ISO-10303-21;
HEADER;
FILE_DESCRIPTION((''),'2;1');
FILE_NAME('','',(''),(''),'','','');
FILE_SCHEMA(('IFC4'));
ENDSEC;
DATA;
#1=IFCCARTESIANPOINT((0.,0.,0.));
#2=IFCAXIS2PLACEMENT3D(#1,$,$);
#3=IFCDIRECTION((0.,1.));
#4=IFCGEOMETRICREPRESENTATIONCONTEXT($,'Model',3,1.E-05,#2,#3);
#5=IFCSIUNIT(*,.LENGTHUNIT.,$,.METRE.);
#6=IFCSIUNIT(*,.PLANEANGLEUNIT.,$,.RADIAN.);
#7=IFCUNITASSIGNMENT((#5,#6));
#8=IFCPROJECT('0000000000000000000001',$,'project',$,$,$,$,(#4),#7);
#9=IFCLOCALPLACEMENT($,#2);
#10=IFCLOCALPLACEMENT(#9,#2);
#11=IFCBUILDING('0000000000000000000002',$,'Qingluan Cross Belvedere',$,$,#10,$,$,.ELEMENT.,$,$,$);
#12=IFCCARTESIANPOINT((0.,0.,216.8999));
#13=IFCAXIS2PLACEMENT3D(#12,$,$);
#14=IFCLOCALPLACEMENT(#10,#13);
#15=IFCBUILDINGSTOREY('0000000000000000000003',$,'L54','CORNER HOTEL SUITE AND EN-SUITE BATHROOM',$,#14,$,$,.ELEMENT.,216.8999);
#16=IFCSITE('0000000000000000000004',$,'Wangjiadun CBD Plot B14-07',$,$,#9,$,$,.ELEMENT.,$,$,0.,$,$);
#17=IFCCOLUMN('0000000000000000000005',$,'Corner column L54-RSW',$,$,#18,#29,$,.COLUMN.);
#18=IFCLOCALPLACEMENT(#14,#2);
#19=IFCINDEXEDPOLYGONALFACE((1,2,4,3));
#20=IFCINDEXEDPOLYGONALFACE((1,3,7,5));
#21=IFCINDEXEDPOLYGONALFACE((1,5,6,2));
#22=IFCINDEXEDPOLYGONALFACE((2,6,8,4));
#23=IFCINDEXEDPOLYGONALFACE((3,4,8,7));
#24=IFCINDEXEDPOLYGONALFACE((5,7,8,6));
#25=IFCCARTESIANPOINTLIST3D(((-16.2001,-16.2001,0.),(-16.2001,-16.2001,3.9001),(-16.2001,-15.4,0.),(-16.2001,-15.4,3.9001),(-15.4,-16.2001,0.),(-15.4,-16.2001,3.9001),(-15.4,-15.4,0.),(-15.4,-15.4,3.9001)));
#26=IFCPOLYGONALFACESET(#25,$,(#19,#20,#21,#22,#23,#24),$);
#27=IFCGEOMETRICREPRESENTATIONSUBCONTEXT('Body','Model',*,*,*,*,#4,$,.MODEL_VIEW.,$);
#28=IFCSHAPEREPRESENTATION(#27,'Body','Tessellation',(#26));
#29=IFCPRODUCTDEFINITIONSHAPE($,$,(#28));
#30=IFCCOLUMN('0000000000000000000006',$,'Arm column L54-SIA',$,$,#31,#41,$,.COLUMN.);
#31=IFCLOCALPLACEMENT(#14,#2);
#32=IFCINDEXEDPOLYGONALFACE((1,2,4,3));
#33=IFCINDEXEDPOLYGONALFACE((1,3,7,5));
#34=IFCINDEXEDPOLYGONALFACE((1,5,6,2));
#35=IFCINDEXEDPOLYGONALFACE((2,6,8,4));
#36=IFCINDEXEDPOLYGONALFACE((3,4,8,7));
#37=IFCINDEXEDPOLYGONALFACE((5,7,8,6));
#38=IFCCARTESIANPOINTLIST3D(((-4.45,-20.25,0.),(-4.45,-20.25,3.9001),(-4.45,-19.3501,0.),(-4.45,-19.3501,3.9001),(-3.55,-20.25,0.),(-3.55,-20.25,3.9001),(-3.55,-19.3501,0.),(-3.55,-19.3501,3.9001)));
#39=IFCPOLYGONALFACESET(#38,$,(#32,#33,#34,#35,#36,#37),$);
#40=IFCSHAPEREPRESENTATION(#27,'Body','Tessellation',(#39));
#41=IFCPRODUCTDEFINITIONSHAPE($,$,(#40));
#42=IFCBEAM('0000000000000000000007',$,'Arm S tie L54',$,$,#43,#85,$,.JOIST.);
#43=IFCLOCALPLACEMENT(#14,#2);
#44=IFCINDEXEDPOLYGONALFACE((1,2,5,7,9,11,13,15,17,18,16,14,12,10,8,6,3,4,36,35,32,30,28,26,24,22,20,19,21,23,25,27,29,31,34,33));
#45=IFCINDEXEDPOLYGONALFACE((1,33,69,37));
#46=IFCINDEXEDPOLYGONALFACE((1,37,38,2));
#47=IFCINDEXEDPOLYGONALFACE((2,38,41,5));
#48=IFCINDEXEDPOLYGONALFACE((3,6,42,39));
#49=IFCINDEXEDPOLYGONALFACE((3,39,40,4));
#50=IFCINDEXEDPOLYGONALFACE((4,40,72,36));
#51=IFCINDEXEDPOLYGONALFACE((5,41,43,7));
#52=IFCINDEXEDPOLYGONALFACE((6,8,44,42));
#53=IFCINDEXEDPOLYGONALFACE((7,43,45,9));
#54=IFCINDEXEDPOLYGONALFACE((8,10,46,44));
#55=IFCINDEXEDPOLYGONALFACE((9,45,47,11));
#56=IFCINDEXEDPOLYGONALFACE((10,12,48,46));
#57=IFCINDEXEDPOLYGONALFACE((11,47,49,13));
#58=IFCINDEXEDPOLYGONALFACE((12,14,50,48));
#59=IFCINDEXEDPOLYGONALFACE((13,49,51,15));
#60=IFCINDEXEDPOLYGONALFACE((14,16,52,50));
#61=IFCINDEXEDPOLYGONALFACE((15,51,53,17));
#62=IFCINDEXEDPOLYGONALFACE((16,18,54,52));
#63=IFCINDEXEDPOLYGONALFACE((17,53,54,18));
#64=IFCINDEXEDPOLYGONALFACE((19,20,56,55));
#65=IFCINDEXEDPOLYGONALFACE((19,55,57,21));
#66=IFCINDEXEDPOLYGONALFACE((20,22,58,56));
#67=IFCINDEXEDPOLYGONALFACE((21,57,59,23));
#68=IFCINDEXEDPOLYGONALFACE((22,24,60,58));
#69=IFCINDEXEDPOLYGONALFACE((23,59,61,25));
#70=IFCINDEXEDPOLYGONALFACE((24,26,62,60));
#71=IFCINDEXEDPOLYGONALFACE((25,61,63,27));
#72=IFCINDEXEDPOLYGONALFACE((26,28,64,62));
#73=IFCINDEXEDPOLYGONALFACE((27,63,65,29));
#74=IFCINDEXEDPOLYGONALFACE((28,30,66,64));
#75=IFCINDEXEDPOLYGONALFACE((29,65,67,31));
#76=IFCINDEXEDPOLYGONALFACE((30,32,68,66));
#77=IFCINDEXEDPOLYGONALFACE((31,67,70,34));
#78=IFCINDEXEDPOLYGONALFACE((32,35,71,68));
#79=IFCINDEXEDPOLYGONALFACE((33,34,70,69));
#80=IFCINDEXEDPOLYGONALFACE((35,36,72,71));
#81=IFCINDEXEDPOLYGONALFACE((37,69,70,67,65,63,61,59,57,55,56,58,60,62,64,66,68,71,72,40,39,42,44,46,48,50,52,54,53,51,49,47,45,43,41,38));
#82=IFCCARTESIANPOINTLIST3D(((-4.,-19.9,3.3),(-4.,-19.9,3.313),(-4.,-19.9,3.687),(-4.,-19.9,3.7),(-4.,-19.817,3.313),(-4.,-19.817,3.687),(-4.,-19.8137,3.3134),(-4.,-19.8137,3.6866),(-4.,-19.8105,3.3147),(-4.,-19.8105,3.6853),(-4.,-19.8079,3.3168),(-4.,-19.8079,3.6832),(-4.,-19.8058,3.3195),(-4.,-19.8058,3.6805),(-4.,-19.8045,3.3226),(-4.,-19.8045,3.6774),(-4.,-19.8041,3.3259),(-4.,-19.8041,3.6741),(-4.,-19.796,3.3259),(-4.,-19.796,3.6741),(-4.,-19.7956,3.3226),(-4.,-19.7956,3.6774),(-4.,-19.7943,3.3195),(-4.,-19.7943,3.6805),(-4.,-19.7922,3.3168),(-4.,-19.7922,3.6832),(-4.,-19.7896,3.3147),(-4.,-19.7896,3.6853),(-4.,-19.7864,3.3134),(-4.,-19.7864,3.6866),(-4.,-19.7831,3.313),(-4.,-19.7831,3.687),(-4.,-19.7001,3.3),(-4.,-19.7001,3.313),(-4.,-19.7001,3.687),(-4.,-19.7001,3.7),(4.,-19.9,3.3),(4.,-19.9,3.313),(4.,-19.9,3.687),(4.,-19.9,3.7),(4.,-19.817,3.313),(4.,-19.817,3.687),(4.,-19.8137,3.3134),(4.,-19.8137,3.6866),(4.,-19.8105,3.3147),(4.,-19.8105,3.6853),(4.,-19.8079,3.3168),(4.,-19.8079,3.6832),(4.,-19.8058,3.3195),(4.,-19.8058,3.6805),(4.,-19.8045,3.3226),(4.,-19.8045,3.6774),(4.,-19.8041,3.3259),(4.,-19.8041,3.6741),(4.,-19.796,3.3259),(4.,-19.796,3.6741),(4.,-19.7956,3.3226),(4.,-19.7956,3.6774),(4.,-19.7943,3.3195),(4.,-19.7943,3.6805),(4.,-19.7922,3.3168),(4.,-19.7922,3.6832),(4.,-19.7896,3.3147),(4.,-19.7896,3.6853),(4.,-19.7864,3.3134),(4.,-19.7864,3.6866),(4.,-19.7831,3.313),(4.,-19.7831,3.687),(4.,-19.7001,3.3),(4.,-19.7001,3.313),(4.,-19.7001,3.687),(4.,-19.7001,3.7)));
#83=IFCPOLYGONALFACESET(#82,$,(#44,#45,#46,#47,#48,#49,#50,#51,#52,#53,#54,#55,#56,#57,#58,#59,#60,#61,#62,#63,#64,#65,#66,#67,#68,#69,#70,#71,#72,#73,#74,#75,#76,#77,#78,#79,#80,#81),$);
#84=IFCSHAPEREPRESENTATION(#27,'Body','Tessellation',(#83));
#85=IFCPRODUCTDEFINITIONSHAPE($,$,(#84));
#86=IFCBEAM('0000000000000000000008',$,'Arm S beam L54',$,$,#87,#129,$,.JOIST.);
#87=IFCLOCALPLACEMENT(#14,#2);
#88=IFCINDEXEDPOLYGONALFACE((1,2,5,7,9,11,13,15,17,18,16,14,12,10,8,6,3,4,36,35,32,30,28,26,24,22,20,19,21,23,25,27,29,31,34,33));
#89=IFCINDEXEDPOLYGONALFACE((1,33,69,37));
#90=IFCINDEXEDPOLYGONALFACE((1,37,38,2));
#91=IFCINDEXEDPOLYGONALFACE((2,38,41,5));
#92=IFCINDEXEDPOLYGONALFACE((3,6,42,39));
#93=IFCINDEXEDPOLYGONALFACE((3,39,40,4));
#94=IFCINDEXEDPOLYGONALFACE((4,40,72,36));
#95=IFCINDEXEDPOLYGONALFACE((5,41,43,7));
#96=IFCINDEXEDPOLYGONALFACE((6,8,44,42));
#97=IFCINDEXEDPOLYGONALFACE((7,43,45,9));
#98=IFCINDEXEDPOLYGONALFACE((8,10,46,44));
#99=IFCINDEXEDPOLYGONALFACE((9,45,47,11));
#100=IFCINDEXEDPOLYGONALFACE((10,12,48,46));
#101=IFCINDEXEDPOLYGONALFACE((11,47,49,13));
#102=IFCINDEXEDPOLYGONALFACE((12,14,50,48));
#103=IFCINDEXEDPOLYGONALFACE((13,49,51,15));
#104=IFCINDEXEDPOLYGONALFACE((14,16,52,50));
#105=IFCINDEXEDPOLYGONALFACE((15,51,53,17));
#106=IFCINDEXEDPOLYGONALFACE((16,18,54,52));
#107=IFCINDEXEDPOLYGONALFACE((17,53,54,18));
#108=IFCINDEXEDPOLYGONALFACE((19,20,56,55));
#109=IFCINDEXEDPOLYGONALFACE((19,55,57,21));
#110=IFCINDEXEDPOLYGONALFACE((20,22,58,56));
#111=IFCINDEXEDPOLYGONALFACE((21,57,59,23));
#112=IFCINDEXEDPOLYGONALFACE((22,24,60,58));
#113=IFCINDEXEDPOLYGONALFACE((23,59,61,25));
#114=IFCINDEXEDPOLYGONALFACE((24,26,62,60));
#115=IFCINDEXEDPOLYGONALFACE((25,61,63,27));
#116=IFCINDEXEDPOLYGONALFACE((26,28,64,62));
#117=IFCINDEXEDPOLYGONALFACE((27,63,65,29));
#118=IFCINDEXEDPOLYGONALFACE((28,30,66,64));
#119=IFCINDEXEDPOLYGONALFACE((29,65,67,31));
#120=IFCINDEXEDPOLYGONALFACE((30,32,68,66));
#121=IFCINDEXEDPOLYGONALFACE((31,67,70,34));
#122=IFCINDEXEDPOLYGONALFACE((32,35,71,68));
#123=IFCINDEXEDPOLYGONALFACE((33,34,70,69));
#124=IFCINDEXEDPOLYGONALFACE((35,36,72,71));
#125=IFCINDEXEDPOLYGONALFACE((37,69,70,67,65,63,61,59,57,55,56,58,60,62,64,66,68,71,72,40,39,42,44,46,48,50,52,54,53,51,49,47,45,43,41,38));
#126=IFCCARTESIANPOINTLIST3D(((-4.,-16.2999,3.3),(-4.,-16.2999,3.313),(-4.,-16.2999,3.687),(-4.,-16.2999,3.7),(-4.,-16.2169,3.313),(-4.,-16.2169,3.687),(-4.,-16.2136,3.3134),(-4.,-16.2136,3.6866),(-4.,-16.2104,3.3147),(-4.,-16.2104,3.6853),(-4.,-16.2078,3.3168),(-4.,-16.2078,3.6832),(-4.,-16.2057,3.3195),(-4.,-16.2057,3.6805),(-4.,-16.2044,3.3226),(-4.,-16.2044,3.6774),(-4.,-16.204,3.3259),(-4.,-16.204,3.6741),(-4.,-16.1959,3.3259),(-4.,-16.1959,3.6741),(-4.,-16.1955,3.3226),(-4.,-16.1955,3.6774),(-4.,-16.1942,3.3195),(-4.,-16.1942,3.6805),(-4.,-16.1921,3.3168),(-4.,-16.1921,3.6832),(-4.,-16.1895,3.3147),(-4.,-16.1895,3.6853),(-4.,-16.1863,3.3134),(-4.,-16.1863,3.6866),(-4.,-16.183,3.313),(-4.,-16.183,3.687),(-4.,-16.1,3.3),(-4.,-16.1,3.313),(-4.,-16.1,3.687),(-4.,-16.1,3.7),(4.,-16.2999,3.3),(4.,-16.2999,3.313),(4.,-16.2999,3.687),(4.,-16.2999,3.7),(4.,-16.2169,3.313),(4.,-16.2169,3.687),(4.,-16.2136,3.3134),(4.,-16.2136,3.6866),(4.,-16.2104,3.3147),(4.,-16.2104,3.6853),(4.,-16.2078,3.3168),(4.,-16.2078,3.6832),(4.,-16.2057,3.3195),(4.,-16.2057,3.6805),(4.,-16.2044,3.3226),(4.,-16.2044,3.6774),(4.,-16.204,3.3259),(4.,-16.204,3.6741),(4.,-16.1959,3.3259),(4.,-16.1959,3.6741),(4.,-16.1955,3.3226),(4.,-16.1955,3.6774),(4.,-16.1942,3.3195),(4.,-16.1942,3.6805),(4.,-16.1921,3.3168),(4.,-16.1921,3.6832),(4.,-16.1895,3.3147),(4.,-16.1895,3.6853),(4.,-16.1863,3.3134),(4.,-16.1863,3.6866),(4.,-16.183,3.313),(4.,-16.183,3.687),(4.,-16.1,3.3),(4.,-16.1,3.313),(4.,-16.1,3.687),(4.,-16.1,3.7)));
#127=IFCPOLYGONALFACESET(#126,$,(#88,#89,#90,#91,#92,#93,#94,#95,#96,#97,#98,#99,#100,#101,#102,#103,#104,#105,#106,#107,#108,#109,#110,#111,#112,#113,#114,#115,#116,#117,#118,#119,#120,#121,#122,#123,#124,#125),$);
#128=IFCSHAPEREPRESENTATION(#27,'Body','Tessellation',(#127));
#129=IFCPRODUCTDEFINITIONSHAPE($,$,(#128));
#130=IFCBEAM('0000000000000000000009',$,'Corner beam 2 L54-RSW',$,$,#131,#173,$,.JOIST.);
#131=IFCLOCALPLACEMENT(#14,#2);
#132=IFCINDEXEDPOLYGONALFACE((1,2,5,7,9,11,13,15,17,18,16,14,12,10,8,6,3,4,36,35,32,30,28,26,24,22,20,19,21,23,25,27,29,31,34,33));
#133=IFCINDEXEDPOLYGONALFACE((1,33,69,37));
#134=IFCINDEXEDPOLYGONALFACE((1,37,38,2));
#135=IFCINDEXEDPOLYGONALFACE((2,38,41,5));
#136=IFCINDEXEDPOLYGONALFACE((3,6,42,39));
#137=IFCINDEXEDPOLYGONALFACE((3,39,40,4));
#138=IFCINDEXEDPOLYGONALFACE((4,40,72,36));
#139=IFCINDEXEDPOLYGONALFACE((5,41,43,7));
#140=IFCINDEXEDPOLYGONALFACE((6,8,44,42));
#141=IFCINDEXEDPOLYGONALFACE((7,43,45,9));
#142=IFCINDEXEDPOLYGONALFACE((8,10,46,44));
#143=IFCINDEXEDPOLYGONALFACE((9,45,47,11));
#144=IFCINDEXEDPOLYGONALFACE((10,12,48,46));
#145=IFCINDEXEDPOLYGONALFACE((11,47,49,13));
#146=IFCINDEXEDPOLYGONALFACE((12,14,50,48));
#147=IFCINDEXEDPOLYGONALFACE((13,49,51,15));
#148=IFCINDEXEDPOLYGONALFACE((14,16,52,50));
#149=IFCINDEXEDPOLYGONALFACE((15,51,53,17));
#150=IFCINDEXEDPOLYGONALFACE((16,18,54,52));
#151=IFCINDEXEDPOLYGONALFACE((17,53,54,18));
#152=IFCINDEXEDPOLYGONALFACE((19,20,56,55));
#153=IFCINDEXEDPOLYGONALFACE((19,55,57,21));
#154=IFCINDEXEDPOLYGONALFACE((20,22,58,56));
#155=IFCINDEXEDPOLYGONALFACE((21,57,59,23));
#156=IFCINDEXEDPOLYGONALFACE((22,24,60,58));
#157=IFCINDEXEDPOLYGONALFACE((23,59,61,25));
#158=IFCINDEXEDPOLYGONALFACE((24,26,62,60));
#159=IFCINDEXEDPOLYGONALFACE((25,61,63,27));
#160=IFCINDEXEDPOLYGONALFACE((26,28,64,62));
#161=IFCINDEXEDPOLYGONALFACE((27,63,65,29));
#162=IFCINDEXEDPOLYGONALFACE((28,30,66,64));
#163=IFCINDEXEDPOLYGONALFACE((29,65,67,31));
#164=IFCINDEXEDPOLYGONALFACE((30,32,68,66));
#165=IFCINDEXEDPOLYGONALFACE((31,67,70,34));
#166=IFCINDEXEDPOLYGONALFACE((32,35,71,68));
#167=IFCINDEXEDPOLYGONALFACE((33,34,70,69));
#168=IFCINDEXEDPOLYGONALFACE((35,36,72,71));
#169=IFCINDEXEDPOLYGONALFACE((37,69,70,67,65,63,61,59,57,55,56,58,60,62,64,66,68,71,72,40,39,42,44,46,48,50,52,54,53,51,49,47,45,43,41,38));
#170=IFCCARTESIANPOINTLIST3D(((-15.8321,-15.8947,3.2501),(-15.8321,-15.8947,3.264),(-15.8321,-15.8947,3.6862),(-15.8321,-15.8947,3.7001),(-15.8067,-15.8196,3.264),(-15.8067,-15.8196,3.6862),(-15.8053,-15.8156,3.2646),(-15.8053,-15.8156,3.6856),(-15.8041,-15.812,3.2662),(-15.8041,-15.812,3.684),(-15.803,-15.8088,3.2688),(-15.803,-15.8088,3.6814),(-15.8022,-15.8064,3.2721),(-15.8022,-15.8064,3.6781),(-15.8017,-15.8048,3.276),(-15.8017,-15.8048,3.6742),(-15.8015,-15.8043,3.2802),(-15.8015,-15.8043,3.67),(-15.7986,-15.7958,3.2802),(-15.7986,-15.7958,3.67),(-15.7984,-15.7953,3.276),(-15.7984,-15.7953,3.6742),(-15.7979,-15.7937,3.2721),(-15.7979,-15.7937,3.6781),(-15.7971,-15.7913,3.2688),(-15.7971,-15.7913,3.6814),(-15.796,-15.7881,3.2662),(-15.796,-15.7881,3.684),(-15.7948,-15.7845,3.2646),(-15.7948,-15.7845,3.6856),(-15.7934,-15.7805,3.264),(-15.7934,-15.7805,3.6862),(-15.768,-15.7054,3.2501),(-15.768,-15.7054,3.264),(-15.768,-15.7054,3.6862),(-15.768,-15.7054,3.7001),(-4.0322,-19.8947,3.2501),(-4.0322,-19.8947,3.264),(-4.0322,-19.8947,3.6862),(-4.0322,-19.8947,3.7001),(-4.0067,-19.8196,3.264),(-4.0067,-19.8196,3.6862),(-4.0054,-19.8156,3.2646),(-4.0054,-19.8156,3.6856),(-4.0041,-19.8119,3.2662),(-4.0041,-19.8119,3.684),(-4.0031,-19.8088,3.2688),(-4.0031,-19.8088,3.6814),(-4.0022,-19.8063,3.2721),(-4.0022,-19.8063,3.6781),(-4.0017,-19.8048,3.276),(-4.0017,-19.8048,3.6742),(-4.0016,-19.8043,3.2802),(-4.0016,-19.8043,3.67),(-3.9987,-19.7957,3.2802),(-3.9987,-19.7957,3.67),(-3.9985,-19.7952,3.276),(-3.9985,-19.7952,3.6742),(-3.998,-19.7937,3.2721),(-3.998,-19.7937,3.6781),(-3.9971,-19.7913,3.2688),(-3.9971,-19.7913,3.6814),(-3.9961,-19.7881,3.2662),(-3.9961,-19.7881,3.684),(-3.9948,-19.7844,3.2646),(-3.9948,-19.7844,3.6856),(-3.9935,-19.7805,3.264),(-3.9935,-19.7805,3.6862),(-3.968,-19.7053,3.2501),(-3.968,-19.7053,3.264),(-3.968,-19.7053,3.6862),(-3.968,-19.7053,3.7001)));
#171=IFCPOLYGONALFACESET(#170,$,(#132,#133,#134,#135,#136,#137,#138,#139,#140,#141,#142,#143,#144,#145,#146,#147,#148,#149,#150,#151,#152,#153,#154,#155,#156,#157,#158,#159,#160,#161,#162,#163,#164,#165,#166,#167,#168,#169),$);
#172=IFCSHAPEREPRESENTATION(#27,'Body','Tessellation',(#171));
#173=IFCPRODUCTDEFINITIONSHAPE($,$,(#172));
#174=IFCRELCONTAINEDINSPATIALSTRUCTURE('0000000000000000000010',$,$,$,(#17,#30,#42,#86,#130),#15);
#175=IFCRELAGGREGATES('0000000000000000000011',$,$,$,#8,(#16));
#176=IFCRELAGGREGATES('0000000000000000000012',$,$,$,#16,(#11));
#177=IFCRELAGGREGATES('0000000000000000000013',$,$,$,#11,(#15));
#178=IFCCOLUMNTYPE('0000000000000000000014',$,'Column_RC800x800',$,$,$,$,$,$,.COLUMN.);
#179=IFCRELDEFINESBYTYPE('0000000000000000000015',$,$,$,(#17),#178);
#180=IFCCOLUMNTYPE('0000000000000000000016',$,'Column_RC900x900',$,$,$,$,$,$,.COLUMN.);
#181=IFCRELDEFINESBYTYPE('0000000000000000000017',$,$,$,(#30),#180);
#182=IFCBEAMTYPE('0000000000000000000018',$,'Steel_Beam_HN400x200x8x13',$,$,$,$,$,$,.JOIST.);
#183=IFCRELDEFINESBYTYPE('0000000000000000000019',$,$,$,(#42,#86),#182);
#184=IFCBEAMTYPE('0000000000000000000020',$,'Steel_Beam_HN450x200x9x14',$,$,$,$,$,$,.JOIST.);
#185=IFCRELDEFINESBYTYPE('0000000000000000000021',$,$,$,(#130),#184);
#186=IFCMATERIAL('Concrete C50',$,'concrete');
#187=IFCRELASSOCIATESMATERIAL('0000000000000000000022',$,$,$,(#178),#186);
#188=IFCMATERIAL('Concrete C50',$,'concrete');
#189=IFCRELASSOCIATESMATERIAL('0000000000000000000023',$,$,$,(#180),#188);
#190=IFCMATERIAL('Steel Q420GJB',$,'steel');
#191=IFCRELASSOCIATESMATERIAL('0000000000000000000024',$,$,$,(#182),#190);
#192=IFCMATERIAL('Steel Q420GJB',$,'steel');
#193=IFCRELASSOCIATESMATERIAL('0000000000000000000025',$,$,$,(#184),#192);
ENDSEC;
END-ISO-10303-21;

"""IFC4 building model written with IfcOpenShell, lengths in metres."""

from ifc_helpers import new_model, si_unit, direction, frame, origin, origin_2d, place, context, subcontext, project, spatial, rectangle, i_section, extrude, material, material_profile, profile_set, type_object, element, save


model = new_model("IFC4")

# Units and contexts
model_context = context("Model", 3, precision=1e-05, world=origin(), true_north=direction((0.0, 1.0)))
body_context = subcontext(model_context, "Body", "Model", "MODEL_VIEW")
ifc_project = project(units=[si_unit("LENGTHUNIT", "METRE"), si_unit("PLANEANGLEUNIT", "RADIAN")], contexts=[model_context])

# Site, building, storey
site_placement = place(None, origin())
site = spatial("IfcSite", under=ifc_project, at=site_placement, Name="Wangjiadun CBD Plot B14-07", CompositionType="ELEMENT", RefElevation=0.0)
building_placement = place(site_placement, origin())
building = spatial("IfcBuilding", under=site, at=building_placement, Name="Qingluan Cross Belvedere", CompositionType="ELEMENT")
storey_placement = place(building_placement, frame((0.0, 0.0, 216.8999)))
storey = spatial("IfcBuildingStorey", under=building, at=storey_placement, Name="L54", Description="CORNER HOTEL SUITE AND EN-SUITE BATHROOM", CompositionType="ELEMENT", Elevation=216.8999)

# Columns
ifc_material_1 = material(Name="Concrete C50", Category="concrete")
ifc_material_profile_1 = material_profile(ifc_material_1, rectangle(XDim=0.8, YDim=0.8, at=origin_2d()), Name="RC800x800")
ifc_profile_set_1 = profile_set([ifc_material_profile_1], Name="Concrete C50")
column_type_1 = type_object("IfcColumnType", Name="Column_RC800x800", PredefinedType="COLUMN", material=ifc_profile_set_1)
column_1_placement = place(storey_placement, frame((-15.8, -15.8, 0.0), z_axis=(0.0, 0.0, 1.0), x_axis=(1.0, 0.0, 0.0)))
element("IfcColumn", 1, at=column_1_placement, inside=storey, type_object=column_type_1, Name="Corner column L54-RSW", PredefinedType="COLUMN", context=body_context, shape_type="SweptSolid", body=[
    extrude(rectangle(XDim=0.8, YDim=0.8, at=origin_2d()), origin(), (0.0, 0.0, 1.0), 3.9001),
])
ifc_material_2 = material(Name="Concrete C50", Category="concrete")
ifc_material_profile_2 = material_profile(ifc_material_2, rectangle(XDim=0.8999, YDim=0.8999, at=origin_2d()), Name="RC900x900")
ifc_profile_set_2 = profile_set([ifc_material_profile_2], Name="Concrete C50")
column_type_2 = type_object("IfcColumnType", Name="Column_RC900x900", PredefinedType="COLUMN", material=ifc_profile_set_2)
column_2_placement = place(storey_placement, frame((-4.0, -19.8, 0.0), z_axis=(0.0, 0.0, 1.0), x_axis=(1.0, 0.0, 0.0)))
element("IfcColumn", 2, at=column_2_placement, inside=storey, type_object=column_type_2, Name="Arm column L54-SIA", PredefinedType="COLUMN", context=body_context, shape_type="SweptSolid", body=[
    extrude(rectangle(XDim=0.8999, YDim=0.8999, at=origin_2d()), origin(), (0.0, 0.0, 1.0), 3.9001),
])

# Beams
ifc_material_3 = material(Name="Steel Q420GJB", Category="steel")
ifc_material_profile_3 = material_profile(ifc_material_3, i_section(OverallWidth=0.2, OverallDepth=0.3999, WebThickness=0.0081, FlangeThickness=0.0129, FilletRadius=0.0129, at=origin_2d()), Name="HN400x200x8x13")
ifc_profile_set_3 = profile_set([ifc_material_profile_3], Name="Steel Q420GJB")
beam_type_1 = type_object("IfcBeamType", Name="Steel_Beam_HN400x200x8x13", PredefinedType="JOIST", material=ifc_profile_set_3)
for number, where, z_axis, x_axis, name in (
    (3, (-4.0, -19.8, 3.5), (1.0, 0.0, 0.0), (0.0, 1.0, 0.0), "Arm S tie L54"),
    (4, (-4.0, -16.2, 3.5), (1.0, 0.0, 0.0), (0.0, 1.0, 0.0), "Arm S beam L54"),
):
    element("IfcBeam", number, at=place(storey_placement, frame(where, z_axis=z_axis, x_axis=x_axis)), inside=storey, type_object=beam_type_1, Name=name, PredefinedType="JOIST", context=body_context, shape_type="SweptSolid", body=[
        extrude(i_section(OverallWidth=0.2, OverallDepth=0.3999, WebThickness=0.0081, FlangeThickness=0.0129, FilletRadius=0.0129, at=origin_2d()), origin(), (0.0, 0.0, 1.0), 8.0),
    ])
ifc_material_4 = material(Name="Steel Q420GJB", Category="steel")
ifc_material_profile_4 = material_profile(ifc_material_4, i_section(OverallWidth=0.2, OverallDepth=0.45, WebThickness=0.009, FlangeThickness=0.0139, FilletRadius=0.0161, at=origin_2d()), Name="HN450x200x9x14")
ifc_profile_set_4 = profile_set([ifc_material_profile_4], Name="Steel Q420GJB")
beam_type_2 = type_object("IfcBeamType", Name="Steel_Beam_HN450x200x9x14", PredefinedType="JOIST", material=ifc_profile_set_4)
for number, where, z_axis, x_axis, name in (
    (5, (-15.8, -15.8, 3.4751), (0.947066, -0.321038, 0.0), (0.321038, 0.947066, 0.0), "Corner beam 2 L54-RSW"),
):
    element("IfcBeam", number, at=place(storey_placement, frame(where, z_axis=z_axis, x_axis=x_axis)), inside=storey, type_object=beam_type_2, Name=name, PredefinedType="JOIST", context=body_context, shape_type="SweptSolid", body=[
        extrude(i_section(OverallWidth=0.2, OverallDepth=0.45, WebThickness=0.009, FlangeThickness=0.0139, FilletRadius=0.0161, at=origin_2d()), origin(), (0.0, 0.0, 1.0), 12.4595),
    ])

save(model, "model.ifc")
